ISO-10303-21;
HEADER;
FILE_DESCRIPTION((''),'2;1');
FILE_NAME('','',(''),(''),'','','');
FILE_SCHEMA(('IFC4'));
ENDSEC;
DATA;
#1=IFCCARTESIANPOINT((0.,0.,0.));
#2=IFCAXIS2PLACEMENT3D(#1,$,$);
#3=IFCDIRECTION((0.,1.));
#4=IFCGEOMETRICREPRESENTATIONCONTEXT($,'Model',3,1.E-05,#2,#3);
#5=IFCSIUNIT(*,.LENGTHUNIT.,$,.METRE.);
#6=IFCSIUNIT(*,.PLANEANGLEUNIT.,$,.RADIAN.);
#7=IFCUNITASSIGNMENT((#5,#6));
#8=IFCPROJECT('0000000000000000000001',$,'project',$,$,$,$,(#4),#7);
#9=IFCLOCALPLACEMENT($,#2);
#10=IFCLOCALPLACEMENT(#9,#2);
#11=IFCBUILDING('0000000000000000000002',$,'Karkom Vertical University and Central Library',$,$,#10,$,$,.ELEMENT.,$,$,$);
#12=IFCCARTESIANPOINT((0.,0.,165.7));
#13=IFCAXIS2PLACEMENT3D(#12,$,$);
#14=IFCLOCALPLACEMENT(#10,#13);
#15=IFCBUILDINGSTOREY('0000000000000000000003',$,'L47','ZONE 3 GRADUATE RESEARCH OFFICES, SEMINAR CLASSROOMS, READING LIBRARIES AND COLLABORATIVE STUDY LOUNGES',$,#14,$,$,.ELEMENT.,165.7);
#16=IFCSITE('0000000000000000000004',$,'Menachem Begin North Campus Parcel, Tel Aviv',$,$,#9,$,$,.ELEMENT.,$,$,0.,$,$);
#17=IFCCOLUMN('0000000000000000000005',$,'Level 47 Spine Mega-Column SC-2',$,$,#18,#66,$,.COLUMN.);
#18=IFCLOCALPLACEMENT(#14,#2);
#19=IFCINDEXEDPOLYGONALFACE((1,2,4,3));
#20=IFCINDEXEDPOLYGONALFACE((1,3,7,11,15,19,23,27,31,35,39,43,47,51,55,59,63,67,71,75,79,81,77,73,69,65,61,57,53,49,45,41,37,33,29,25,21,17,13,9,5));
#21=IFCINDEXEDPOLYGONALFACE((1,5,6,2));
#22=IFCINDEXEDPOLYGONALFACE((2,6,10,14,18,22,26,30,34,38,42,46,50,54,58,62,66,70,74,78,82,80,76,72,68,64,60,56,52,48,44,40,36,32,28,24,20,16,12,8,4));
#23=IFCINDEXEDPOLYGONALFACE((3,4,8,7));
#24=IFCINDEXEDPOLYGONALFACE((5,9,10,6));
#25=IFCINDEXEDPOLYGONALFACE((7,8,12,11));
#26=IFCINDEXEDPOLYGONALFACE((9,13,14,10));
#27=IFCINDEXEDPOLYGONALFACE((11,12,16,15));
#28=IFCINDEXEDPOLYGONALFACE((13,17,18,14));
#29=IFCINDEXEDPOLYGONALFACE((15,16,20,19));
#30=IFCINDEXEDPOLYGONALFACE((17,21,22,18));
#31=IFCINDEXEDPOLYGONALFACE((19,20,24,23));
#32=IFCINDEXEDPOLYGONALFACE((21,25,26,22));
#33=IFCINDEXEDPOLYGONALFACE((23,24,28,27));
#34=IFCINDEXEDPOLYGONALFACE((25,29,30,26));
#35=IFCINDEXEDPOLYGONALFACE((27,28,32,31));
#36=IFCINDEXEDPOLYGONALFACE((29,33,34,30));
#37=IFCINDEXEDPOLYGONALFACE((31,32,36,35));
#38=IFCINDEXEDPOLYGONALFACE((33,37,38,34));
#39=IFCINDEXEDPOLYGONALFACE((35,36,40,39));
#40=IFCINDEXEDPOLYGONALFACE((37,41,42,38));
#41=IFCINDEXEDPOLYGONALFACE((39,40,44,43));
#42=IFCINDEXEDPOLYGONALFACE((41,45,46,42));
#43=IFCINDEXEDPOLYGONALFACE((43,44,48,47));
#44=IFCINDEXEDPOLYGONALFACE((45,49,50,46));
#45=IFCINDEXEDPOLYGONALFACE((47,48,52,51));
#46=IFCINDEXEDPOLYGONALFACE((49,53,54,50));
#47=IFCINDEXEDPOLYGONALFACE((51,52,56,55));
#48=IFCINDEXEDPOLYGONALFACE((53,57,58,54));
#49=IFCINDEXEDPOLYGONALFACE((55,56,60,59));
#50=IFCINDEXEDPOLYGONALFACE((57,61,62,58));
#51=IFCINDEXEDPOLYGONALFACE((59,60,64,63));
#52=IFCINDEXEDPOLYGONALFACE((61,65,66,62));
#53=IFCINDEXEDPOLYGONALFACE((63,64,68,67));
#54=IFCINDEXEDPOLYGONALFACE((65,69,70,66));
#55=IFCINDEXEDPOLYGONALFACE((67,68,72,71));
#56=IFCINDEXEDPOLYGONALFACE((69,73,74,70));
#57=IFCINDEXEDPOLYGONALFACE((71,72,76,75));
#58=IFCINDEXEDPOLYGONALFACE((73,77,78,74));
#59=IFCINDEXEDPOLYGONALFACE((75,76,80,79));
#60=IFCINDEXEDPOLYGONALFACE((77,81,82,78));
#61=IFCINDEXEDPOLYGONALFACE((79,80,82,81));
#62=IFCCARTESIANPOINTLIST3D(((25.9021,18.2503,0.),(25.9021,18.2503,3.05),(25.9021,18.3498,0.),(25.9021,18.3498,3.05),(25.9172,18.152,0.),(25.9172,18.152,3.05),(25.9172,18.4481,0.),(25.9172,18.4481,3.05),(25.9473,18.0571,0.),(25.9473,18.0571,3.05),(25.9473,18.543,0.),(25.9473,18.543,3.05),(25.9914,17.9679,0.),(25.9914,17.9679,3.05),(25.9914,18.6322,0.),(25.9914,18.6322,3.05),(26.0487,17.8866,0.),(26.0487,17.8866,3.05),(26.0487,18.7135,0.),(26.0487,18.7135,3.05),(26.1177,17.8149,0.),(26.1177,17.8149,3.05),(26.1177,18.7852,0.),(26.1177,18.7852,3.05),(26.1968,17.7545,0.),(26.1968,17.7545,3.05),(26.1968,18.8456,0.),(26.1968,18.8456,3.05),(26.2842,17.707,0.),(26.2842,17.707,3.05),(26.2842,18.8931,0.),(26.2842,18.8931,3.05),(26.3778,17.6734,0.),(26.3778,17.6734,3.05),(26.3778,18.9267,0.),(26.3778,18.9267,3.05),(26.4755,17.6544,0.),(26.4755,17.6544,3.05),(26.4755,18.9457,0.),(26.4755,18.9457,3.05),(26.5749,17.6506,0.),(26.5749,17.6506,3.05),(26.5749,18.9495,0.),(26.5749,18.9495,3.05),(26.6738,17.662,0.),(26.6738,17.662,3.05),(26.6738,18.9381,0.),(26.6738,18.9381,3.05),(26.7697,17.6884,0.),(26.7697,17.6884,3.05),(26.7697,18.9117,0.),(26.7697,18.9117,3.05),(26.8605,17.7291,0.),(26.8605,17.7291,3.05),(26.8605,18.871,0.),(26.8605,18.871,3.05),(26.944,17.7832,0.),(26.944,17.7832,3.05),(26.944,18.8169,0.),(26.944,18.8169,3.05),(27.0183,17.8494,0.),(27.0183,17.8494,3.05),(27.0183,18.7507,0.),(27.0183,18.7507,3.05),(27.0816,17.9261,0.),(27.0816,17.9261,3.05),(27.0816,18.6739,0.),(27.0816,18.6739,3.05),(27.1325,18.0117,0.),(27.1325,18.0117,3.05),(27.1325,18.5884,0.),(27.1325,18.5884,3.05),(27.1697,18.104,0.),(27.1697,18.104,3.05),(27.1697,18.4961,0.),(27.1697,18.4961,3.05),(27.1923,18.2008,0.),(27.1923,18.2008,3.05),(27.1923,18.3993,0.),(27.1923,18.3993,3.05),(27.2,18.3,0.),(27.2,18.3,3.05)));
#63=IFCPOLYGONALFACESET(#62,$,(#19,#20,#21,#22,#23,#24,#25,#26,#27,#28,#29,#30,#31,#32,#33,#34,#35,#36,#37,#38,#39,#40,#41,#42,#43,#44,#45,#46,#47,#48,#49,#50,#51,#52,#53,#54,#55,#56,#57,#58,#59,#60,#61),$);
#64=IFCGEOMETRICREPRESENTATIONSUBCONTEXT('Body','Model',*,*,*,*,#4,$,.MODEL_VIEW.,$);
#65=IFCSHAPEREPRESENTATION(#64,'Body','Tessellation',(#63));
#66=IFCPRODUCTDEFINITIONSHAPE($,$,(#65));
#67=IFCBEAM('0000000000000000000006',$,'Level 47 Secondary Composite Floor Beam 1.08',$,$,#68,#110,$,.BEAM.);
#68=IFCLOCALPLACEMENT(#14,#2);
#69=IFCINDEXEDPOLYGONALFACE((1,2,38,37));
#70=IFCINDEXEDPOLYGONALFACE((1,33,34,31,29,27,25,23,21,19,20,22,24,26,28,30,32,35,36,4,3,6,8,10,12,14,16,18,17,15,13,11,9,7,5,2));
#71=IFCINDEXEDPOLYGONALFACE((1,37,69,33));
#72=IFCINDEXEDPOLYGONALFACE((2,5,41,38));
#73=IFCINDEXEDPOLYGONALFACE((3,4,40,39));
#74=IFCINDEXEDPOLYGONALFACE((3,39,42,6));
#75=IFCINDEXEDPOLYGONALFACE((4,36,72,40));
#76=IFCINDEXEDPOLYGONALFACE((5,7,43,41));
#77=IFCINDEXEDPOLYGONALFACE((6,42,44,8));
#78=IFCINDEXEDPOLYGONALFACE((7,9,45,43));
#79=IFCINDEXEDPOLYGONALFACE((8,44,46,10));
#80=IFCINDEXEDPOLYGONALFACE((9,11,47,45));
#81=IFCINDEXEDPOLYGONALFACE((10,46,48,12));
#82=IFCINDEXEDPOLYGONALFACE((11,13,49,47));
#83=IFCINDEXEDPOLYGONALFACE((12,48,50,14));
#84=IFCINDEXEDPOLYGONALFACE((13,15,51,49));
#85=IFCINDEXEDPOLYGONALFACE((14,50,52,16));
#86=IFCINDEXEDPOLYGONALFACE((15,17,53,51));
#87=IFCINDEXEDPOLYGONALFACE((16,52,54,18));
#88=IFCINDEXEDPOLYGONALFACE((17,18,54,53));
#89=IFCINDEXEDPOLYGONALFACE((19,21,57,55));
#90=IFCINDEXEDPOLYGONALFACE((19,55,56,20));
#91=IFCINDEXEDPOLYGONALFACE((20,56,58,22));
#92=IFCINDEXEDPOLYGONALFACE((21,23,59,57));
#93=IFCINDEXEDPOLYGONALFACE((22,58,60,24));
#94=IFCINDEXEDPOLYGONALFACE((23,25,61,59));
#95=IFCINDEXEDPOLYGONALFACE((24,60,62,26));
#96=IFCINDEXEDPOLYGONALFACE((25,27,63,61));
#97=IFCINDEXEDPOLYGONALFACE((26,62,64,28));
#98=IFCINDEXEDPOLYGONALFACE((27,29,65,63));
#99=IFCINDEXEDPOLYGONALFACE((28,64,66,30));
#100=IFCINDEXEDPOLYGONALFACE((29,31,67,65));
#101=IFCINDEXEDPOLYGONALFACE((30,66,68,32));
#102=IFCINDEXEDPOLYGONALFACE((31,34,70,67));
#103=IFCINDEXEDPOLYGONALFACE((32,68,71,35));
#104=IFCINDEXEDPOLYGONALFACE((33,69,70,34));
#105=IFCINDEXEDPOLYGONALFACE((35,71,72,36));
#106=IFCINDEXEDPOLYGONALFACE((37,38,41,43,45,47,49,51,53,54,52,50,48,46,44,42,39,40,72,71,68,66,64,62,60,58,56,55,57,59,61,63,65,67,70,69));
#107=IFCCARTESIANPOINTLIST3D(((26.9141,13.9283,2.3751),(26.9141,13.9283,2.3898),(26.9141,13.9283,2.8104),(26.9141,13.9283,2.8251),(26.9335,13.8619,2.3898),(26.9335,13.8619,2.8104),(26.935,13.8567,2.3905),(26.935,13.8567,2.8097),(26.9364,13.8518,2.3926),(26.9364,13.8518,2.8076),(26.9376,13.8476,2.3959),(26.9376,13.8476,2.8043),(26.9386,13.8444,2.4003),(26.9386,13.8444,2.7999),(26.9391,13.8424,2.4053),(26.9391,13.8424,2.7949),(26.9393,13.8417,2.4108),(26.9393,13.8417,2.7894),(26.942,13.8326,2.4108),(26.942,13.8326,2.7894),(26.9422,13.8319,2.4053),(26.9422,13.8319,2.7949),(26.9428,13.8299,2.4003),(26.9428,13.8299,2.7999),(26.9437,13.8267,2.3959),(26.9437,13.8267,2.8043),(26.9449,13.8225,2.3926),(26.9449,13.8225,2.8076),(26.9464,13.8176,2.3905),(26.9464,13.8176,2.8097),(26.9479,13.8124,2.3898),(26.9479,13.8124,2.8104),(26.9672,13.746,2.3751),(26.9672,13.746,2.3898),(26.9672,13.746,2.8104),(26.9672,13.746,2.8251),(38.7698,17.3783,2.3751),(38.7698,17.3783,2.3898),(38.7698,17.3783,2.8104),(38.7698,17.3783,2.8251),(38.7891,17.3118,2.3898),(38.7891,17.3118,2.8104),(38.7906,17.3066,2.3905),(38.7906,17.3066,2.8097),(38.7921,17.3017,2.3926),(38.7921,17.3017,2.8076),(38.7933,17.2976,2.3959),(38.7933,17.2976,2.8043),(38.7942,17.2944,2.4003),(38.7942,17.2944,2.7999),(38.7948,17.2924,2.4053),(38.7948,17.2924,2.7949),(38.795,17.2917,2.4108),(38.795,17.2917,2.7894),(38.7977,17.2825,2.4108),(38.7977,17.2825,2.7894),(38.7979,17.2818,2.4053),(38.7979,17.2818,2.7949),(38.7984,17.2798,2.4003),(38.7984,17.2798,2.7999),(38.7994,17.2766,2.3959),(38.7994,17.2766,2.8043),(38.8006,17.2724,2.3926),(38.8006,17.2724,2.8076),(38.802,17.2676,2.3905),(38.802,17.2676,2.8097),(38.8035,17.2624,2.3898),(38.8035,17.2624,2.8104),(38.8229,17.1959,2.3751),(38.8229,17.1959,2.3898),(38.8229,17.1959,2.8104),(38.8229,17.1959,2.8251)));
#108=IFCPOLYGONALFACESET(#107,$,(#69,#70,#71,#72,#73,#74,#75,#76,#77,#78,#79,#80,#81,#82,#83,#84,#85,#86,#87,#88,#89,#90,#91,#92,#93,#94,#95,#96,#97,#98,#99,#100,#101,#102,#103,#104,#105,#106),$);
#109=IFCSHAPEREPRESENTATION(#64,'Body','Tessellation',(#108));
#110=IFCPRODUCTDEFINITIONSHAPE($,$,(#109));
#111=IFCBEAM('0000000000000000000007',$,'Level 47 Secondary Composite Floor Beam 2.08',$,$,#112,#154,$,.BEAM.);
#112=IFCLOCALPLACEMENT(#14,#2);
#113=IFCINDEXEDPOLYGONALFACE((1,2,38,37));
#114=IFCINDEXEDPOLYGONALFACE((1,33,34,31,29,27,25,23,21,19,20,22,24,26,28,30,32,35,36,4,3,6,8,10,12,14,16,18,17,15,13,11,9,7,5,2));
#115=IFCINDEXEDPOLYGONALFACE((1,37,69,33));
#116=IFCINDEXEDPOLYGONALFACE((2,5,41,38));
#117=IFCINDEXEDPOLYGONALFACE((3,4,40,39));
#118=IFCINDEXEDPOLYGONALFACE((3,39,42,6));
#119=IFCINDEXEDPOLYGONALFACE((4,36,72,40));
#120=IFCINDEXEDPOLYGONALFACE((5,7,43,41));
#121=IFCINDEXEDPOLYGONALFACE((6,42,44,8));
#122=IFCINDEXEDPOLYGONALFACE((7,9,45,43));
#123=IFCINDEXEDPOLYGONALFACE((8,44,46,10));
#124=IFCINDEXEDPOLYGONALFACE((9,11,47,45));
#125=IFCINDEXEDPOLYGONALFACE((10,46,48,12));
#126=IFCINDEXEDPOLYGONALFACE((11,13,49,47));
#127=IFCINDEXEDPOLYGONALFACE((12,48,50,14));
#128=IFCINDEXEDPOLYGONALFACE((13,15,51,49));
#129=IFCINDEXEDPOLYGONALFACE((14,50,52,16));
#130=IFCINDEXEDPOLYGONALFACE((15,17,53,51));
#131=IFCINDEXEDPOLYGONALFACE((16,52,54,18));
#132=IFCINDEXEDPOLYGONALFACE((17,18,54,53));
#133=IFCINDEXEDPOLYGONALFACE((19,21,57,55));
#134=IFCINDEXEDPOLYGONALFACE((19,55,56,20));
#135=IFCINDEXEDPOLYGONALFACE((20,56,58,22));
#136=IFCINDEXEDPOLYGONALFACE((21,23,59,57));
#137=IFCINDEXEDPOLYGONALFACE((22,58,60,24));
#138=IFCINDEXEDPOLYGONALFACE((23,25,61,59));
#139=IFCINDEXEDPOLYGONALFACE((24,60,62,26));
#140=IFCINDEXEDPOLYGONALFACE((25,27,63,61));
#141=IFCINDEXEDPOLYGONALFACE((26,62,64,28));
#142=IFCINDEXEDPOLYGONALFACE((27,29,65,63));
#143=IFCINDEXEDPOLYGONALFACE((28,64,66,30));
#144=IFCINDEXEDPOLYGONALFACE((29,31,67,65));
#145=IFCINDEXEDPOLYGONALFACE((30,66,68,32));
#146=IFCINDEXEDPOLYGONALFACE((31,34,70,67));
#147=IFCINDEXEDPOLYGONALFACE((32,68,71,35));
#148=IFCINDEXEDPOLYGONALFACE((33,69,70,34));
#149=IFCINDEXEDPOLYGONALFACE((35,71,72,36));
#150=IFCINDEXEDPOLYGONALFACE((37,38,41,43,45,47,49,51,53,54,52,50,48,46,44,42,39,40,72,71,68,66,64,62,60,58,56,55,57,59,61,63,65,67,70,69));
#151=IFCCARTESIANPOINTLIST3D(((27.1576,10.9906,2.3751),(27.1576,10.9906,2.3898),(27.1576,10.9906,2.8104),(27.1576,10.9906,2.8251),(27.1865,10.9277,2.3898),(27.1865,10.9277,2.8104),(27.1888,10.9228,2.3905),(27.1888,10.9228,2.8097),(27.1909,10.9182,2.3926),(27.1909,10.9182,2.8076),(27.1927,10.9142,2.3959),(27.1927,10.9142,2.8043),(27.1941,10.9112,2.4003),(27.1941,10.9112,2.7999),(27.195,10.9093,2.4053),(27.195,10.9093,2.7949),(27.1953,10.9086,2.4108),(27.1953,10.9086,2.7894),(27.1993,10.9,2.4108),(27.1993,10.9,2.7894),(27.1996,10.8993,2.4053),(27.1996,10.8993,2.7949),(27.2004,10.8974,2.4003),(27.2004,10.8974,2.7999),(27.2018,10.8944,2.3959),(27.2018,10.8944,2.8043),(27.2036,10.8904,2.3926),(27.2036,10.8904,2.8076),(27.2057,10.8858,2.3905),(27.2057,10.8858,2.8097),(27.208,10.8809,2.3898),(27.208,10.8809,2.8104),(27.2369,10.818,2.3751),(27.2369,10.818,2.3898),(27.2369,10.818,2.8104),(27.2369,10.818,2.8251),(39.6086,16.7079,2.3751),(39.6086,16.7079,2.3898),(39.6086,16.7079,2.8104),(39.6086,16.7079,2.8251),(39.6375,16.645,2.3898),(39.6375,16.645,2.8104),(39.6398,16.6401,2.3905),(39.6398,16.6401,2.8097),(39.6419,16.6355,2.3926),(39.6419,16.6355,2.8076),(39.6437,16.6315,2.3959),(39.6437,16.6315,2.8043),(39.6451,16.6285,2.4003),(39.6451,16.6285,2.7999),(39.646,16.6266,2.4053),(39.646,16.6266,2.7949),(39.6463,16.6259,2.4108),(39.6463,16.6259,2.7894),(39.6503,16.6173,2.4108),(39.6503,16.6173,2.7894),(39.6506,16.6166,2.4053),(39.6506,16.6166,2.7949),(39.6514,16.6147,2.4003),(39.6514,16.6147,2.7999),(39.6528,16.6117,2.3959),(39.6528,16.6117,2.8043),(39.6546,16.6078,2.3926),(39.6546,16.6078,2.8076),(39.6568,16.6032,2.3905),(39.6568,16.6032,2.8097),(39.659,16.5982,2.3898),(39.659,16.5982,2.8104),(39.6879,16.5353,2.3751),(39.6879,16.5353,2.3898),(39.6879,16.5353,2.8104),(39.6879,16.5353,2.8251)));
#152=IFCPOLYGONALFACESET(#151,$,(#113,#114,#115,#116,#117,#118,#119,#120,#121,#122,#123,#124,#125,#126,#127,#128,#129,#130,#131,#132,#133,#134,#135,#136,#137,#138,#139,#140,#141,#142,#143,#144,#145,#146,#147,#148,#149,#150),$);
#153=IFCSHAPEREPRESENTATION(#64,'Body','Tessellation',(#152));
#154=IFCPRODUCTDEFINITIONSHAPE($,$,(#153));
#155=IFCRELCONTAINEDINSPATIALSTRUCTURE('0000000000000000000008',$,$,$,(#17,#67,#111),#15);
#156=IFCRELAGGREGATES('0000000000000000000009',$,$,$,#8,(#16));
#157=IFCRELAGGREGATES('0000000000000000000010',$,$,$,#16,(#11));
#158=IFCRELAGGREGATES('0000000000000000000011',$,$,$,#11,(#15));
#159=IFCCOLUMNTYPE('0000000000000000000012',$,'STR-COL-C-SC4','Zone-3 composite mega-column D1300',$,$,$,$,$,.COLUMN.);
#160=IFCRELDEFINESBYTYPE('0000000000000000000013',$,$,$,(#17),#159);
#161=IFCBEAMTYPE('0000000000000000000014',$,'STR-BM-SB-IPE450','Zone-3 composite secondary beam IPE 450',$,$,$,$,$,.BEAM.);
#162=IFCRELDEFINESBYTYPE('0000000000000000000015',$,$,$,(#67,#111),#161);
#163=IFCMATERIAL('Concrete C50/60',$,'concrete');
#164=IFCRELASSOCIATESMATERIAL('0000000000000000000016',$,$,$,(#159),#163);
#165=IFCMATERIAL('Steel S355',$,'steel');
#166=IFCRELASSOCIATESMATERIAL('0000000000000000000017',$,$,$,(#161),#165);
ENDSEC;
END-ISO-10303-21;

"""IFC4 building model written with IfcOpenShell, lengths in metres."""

from ifc_helpers import new_model, si_unit, direction, frame, origin, origin_with_axes, origin_2d, place, context, subcontext, project, spatial, circle, i_section, extrude, source, transform, mapped, material, material_profile, profile_set, type_object, element, save


model = new_model("IFC4")

# Units and contexts
model_context = context("Model", 3, precision=1e-05, world=origin(), true_north=direction((0.0, 1.0)))
body_context = subcontext(model_context, "Body", "Model", "MODEL_VIEW")
ifc_project = project(units=[si_unit("LENGTHUNIT", "METRE"), si_unit("PLANEANGLEUNIT", "RADIAN")], contexts=[model_context])

# Site, building, storey
site_placement = place(None, origin())
site = spatial("IfcSite", under=ifc_project, at=site_placement, Name="Menachem Begin North Campus Parcel, Tel Aviv", CompositionType="ELEMENT", RefElevation=0.0)
building_placement = place(site_placement, origin())
building = spatial("IfcBuilding", under=site, at=building_placement, Name="Karkom Vertical University and Central Library", CompositionType="ELEMENT")
storey_placement = place(building_placement, frame((0.0, 0.0, 165.7)))
storey = spatial("IfcBuildingStorey", under=building, at=storey_placement, Name="L47", Description="ZONE 3 GRADUATE RESEARCH OFFICES, SEMINAR CLASSROOMS, READING LIBRARIES AND COLLABORATIVE STUDY LOUNGES", CompositionType="ELEMENT", Elevation=165.7)

# Column
ifc_material_1 = material(Name="Concrete C50/60", Category="concrete")
ifc_material_profile_1 = material_profile(ifc_material_1, circle(Radius=0.6499, at=origin_2d()), Name="CFT-D1300")
ifc_profile_set_1 = profile_set([ifc_material_profile_1], Name="Concrete C50/60")
column_type = type_object("IfcColumnType", Name="STR-COL-C-SC4", Description="Zone-3 composite mega-column D1300", PredefinedType="COLUMN", material=ifc_profile_set_1)
shared_shape_1 = source(origin_with_axes(), body_context, "Body", "SweptSolid", [
    extrude(circle(Radius=0.6499, at=origin_2d()), origin(), (0.0, 0.0, 1.0), 3.05),
])
column_placement = place(storey_placement, frame((26.55, 18.3, 0.0), z_axis=(0.0, 0.0, 1.0), x_axis=(1.0, 0.0, 0.0)))
element("IfcColumn", 1, at=column_placement, inside=storey, type_object=column_type, Name="Level 47 Spine Mega-Column SC-2", PredefinedType="COLUMN", context=body_context, shape_type="MappedRepresentation", body=[
    mapped(shared_shape_1, transform((0.0, 0.0, 0.0), scale=1.0)),
])

# Beams
ifc_material_2 = material(Name="Steel S355", Category="steel")
ifc_material_profile_2 = material_profile(ifc_material_2, i_section(OverallWidth=0.1899, OverallDepth=0.45, WebThickness=0.0095, FlangeThickness=0.0146, FilletRadius=0.021, at=origin_2d()), Name="IPE 450")
ifc_profile_set_2 = profile_set([ifc_material_profile_2], Name="Steel S355")
beam_type_1 = type_object("IfcBeamType", Name="STR-BM-SB-IPE450", Description="Zone-3 composite secondary beam IPE 450", PredefinedType="BEAM", material=ifc_profile_set_2)
shared_shape_2 = source(origin_with_axes(), body_context, "Body", "SweptSolid", [
    extrude(i_section(OverallWidth=0.1899, OverallDepth=0.45, WebThickness=0.0095, FlangeThickness=0.0146, FilletRadius=0.021, at=origin_2d()), origin(), (0.0, 0.0, 1.0), 12.3474),
])
beam_1_placement = place(storey_placement, frame((26.9407, 13.8372, 2.6001), z_axis=(0.960173, 0.279405, 0.0), x_axis=(-0.279405, 0.960173, 0.0)))
element("IfcBeam", 2, at=beam_1_placement, inside=storey, type_object=beam_type_1, Name="Level 47 Secondary Composite Floor Beam 1.08", PredefinedType="BEAM", context=body_context, shape_type="MappedRepresentation", body=[
    mapped(shared_shape_2, transform((0.0, 0.0, 0.0), scale=1.0)),
])
shared_shape_3 = source(origin_with_axes(), body_context, "Body", "SweptSolid", [
    extrude(i_section(OverallWidth=0.1899, OverallDepth=0.45, WebThickness=0.0095, FlangeThickness=0.0146, FilletRadius=0.021, at=origin_2d()), origin(), (0.0, 0.0, 1.0), 13.7009),
])
beam_2_placement = place(storey_placement, frame((27.1973, 10.9043, 2.6001), z_axis=(0.908771, 0.417295, 0.0), x_axis=(-0.417295, 0.908771, 0.0)))
element("IfcBeam", 3, at=beam_2_placement, inside=storey, type_object=beam_type_1, Name="Level 47 Secondary Composite Floor Beam 2.08", PredefinedType="BEAM", context=body_context, shape_type="MappedRepresentation", body=[
    mapped(shared_shape_3, transform((0.0, 0.0, 0.0), scale=1.0)),
])

save(model, "model.ifc")
